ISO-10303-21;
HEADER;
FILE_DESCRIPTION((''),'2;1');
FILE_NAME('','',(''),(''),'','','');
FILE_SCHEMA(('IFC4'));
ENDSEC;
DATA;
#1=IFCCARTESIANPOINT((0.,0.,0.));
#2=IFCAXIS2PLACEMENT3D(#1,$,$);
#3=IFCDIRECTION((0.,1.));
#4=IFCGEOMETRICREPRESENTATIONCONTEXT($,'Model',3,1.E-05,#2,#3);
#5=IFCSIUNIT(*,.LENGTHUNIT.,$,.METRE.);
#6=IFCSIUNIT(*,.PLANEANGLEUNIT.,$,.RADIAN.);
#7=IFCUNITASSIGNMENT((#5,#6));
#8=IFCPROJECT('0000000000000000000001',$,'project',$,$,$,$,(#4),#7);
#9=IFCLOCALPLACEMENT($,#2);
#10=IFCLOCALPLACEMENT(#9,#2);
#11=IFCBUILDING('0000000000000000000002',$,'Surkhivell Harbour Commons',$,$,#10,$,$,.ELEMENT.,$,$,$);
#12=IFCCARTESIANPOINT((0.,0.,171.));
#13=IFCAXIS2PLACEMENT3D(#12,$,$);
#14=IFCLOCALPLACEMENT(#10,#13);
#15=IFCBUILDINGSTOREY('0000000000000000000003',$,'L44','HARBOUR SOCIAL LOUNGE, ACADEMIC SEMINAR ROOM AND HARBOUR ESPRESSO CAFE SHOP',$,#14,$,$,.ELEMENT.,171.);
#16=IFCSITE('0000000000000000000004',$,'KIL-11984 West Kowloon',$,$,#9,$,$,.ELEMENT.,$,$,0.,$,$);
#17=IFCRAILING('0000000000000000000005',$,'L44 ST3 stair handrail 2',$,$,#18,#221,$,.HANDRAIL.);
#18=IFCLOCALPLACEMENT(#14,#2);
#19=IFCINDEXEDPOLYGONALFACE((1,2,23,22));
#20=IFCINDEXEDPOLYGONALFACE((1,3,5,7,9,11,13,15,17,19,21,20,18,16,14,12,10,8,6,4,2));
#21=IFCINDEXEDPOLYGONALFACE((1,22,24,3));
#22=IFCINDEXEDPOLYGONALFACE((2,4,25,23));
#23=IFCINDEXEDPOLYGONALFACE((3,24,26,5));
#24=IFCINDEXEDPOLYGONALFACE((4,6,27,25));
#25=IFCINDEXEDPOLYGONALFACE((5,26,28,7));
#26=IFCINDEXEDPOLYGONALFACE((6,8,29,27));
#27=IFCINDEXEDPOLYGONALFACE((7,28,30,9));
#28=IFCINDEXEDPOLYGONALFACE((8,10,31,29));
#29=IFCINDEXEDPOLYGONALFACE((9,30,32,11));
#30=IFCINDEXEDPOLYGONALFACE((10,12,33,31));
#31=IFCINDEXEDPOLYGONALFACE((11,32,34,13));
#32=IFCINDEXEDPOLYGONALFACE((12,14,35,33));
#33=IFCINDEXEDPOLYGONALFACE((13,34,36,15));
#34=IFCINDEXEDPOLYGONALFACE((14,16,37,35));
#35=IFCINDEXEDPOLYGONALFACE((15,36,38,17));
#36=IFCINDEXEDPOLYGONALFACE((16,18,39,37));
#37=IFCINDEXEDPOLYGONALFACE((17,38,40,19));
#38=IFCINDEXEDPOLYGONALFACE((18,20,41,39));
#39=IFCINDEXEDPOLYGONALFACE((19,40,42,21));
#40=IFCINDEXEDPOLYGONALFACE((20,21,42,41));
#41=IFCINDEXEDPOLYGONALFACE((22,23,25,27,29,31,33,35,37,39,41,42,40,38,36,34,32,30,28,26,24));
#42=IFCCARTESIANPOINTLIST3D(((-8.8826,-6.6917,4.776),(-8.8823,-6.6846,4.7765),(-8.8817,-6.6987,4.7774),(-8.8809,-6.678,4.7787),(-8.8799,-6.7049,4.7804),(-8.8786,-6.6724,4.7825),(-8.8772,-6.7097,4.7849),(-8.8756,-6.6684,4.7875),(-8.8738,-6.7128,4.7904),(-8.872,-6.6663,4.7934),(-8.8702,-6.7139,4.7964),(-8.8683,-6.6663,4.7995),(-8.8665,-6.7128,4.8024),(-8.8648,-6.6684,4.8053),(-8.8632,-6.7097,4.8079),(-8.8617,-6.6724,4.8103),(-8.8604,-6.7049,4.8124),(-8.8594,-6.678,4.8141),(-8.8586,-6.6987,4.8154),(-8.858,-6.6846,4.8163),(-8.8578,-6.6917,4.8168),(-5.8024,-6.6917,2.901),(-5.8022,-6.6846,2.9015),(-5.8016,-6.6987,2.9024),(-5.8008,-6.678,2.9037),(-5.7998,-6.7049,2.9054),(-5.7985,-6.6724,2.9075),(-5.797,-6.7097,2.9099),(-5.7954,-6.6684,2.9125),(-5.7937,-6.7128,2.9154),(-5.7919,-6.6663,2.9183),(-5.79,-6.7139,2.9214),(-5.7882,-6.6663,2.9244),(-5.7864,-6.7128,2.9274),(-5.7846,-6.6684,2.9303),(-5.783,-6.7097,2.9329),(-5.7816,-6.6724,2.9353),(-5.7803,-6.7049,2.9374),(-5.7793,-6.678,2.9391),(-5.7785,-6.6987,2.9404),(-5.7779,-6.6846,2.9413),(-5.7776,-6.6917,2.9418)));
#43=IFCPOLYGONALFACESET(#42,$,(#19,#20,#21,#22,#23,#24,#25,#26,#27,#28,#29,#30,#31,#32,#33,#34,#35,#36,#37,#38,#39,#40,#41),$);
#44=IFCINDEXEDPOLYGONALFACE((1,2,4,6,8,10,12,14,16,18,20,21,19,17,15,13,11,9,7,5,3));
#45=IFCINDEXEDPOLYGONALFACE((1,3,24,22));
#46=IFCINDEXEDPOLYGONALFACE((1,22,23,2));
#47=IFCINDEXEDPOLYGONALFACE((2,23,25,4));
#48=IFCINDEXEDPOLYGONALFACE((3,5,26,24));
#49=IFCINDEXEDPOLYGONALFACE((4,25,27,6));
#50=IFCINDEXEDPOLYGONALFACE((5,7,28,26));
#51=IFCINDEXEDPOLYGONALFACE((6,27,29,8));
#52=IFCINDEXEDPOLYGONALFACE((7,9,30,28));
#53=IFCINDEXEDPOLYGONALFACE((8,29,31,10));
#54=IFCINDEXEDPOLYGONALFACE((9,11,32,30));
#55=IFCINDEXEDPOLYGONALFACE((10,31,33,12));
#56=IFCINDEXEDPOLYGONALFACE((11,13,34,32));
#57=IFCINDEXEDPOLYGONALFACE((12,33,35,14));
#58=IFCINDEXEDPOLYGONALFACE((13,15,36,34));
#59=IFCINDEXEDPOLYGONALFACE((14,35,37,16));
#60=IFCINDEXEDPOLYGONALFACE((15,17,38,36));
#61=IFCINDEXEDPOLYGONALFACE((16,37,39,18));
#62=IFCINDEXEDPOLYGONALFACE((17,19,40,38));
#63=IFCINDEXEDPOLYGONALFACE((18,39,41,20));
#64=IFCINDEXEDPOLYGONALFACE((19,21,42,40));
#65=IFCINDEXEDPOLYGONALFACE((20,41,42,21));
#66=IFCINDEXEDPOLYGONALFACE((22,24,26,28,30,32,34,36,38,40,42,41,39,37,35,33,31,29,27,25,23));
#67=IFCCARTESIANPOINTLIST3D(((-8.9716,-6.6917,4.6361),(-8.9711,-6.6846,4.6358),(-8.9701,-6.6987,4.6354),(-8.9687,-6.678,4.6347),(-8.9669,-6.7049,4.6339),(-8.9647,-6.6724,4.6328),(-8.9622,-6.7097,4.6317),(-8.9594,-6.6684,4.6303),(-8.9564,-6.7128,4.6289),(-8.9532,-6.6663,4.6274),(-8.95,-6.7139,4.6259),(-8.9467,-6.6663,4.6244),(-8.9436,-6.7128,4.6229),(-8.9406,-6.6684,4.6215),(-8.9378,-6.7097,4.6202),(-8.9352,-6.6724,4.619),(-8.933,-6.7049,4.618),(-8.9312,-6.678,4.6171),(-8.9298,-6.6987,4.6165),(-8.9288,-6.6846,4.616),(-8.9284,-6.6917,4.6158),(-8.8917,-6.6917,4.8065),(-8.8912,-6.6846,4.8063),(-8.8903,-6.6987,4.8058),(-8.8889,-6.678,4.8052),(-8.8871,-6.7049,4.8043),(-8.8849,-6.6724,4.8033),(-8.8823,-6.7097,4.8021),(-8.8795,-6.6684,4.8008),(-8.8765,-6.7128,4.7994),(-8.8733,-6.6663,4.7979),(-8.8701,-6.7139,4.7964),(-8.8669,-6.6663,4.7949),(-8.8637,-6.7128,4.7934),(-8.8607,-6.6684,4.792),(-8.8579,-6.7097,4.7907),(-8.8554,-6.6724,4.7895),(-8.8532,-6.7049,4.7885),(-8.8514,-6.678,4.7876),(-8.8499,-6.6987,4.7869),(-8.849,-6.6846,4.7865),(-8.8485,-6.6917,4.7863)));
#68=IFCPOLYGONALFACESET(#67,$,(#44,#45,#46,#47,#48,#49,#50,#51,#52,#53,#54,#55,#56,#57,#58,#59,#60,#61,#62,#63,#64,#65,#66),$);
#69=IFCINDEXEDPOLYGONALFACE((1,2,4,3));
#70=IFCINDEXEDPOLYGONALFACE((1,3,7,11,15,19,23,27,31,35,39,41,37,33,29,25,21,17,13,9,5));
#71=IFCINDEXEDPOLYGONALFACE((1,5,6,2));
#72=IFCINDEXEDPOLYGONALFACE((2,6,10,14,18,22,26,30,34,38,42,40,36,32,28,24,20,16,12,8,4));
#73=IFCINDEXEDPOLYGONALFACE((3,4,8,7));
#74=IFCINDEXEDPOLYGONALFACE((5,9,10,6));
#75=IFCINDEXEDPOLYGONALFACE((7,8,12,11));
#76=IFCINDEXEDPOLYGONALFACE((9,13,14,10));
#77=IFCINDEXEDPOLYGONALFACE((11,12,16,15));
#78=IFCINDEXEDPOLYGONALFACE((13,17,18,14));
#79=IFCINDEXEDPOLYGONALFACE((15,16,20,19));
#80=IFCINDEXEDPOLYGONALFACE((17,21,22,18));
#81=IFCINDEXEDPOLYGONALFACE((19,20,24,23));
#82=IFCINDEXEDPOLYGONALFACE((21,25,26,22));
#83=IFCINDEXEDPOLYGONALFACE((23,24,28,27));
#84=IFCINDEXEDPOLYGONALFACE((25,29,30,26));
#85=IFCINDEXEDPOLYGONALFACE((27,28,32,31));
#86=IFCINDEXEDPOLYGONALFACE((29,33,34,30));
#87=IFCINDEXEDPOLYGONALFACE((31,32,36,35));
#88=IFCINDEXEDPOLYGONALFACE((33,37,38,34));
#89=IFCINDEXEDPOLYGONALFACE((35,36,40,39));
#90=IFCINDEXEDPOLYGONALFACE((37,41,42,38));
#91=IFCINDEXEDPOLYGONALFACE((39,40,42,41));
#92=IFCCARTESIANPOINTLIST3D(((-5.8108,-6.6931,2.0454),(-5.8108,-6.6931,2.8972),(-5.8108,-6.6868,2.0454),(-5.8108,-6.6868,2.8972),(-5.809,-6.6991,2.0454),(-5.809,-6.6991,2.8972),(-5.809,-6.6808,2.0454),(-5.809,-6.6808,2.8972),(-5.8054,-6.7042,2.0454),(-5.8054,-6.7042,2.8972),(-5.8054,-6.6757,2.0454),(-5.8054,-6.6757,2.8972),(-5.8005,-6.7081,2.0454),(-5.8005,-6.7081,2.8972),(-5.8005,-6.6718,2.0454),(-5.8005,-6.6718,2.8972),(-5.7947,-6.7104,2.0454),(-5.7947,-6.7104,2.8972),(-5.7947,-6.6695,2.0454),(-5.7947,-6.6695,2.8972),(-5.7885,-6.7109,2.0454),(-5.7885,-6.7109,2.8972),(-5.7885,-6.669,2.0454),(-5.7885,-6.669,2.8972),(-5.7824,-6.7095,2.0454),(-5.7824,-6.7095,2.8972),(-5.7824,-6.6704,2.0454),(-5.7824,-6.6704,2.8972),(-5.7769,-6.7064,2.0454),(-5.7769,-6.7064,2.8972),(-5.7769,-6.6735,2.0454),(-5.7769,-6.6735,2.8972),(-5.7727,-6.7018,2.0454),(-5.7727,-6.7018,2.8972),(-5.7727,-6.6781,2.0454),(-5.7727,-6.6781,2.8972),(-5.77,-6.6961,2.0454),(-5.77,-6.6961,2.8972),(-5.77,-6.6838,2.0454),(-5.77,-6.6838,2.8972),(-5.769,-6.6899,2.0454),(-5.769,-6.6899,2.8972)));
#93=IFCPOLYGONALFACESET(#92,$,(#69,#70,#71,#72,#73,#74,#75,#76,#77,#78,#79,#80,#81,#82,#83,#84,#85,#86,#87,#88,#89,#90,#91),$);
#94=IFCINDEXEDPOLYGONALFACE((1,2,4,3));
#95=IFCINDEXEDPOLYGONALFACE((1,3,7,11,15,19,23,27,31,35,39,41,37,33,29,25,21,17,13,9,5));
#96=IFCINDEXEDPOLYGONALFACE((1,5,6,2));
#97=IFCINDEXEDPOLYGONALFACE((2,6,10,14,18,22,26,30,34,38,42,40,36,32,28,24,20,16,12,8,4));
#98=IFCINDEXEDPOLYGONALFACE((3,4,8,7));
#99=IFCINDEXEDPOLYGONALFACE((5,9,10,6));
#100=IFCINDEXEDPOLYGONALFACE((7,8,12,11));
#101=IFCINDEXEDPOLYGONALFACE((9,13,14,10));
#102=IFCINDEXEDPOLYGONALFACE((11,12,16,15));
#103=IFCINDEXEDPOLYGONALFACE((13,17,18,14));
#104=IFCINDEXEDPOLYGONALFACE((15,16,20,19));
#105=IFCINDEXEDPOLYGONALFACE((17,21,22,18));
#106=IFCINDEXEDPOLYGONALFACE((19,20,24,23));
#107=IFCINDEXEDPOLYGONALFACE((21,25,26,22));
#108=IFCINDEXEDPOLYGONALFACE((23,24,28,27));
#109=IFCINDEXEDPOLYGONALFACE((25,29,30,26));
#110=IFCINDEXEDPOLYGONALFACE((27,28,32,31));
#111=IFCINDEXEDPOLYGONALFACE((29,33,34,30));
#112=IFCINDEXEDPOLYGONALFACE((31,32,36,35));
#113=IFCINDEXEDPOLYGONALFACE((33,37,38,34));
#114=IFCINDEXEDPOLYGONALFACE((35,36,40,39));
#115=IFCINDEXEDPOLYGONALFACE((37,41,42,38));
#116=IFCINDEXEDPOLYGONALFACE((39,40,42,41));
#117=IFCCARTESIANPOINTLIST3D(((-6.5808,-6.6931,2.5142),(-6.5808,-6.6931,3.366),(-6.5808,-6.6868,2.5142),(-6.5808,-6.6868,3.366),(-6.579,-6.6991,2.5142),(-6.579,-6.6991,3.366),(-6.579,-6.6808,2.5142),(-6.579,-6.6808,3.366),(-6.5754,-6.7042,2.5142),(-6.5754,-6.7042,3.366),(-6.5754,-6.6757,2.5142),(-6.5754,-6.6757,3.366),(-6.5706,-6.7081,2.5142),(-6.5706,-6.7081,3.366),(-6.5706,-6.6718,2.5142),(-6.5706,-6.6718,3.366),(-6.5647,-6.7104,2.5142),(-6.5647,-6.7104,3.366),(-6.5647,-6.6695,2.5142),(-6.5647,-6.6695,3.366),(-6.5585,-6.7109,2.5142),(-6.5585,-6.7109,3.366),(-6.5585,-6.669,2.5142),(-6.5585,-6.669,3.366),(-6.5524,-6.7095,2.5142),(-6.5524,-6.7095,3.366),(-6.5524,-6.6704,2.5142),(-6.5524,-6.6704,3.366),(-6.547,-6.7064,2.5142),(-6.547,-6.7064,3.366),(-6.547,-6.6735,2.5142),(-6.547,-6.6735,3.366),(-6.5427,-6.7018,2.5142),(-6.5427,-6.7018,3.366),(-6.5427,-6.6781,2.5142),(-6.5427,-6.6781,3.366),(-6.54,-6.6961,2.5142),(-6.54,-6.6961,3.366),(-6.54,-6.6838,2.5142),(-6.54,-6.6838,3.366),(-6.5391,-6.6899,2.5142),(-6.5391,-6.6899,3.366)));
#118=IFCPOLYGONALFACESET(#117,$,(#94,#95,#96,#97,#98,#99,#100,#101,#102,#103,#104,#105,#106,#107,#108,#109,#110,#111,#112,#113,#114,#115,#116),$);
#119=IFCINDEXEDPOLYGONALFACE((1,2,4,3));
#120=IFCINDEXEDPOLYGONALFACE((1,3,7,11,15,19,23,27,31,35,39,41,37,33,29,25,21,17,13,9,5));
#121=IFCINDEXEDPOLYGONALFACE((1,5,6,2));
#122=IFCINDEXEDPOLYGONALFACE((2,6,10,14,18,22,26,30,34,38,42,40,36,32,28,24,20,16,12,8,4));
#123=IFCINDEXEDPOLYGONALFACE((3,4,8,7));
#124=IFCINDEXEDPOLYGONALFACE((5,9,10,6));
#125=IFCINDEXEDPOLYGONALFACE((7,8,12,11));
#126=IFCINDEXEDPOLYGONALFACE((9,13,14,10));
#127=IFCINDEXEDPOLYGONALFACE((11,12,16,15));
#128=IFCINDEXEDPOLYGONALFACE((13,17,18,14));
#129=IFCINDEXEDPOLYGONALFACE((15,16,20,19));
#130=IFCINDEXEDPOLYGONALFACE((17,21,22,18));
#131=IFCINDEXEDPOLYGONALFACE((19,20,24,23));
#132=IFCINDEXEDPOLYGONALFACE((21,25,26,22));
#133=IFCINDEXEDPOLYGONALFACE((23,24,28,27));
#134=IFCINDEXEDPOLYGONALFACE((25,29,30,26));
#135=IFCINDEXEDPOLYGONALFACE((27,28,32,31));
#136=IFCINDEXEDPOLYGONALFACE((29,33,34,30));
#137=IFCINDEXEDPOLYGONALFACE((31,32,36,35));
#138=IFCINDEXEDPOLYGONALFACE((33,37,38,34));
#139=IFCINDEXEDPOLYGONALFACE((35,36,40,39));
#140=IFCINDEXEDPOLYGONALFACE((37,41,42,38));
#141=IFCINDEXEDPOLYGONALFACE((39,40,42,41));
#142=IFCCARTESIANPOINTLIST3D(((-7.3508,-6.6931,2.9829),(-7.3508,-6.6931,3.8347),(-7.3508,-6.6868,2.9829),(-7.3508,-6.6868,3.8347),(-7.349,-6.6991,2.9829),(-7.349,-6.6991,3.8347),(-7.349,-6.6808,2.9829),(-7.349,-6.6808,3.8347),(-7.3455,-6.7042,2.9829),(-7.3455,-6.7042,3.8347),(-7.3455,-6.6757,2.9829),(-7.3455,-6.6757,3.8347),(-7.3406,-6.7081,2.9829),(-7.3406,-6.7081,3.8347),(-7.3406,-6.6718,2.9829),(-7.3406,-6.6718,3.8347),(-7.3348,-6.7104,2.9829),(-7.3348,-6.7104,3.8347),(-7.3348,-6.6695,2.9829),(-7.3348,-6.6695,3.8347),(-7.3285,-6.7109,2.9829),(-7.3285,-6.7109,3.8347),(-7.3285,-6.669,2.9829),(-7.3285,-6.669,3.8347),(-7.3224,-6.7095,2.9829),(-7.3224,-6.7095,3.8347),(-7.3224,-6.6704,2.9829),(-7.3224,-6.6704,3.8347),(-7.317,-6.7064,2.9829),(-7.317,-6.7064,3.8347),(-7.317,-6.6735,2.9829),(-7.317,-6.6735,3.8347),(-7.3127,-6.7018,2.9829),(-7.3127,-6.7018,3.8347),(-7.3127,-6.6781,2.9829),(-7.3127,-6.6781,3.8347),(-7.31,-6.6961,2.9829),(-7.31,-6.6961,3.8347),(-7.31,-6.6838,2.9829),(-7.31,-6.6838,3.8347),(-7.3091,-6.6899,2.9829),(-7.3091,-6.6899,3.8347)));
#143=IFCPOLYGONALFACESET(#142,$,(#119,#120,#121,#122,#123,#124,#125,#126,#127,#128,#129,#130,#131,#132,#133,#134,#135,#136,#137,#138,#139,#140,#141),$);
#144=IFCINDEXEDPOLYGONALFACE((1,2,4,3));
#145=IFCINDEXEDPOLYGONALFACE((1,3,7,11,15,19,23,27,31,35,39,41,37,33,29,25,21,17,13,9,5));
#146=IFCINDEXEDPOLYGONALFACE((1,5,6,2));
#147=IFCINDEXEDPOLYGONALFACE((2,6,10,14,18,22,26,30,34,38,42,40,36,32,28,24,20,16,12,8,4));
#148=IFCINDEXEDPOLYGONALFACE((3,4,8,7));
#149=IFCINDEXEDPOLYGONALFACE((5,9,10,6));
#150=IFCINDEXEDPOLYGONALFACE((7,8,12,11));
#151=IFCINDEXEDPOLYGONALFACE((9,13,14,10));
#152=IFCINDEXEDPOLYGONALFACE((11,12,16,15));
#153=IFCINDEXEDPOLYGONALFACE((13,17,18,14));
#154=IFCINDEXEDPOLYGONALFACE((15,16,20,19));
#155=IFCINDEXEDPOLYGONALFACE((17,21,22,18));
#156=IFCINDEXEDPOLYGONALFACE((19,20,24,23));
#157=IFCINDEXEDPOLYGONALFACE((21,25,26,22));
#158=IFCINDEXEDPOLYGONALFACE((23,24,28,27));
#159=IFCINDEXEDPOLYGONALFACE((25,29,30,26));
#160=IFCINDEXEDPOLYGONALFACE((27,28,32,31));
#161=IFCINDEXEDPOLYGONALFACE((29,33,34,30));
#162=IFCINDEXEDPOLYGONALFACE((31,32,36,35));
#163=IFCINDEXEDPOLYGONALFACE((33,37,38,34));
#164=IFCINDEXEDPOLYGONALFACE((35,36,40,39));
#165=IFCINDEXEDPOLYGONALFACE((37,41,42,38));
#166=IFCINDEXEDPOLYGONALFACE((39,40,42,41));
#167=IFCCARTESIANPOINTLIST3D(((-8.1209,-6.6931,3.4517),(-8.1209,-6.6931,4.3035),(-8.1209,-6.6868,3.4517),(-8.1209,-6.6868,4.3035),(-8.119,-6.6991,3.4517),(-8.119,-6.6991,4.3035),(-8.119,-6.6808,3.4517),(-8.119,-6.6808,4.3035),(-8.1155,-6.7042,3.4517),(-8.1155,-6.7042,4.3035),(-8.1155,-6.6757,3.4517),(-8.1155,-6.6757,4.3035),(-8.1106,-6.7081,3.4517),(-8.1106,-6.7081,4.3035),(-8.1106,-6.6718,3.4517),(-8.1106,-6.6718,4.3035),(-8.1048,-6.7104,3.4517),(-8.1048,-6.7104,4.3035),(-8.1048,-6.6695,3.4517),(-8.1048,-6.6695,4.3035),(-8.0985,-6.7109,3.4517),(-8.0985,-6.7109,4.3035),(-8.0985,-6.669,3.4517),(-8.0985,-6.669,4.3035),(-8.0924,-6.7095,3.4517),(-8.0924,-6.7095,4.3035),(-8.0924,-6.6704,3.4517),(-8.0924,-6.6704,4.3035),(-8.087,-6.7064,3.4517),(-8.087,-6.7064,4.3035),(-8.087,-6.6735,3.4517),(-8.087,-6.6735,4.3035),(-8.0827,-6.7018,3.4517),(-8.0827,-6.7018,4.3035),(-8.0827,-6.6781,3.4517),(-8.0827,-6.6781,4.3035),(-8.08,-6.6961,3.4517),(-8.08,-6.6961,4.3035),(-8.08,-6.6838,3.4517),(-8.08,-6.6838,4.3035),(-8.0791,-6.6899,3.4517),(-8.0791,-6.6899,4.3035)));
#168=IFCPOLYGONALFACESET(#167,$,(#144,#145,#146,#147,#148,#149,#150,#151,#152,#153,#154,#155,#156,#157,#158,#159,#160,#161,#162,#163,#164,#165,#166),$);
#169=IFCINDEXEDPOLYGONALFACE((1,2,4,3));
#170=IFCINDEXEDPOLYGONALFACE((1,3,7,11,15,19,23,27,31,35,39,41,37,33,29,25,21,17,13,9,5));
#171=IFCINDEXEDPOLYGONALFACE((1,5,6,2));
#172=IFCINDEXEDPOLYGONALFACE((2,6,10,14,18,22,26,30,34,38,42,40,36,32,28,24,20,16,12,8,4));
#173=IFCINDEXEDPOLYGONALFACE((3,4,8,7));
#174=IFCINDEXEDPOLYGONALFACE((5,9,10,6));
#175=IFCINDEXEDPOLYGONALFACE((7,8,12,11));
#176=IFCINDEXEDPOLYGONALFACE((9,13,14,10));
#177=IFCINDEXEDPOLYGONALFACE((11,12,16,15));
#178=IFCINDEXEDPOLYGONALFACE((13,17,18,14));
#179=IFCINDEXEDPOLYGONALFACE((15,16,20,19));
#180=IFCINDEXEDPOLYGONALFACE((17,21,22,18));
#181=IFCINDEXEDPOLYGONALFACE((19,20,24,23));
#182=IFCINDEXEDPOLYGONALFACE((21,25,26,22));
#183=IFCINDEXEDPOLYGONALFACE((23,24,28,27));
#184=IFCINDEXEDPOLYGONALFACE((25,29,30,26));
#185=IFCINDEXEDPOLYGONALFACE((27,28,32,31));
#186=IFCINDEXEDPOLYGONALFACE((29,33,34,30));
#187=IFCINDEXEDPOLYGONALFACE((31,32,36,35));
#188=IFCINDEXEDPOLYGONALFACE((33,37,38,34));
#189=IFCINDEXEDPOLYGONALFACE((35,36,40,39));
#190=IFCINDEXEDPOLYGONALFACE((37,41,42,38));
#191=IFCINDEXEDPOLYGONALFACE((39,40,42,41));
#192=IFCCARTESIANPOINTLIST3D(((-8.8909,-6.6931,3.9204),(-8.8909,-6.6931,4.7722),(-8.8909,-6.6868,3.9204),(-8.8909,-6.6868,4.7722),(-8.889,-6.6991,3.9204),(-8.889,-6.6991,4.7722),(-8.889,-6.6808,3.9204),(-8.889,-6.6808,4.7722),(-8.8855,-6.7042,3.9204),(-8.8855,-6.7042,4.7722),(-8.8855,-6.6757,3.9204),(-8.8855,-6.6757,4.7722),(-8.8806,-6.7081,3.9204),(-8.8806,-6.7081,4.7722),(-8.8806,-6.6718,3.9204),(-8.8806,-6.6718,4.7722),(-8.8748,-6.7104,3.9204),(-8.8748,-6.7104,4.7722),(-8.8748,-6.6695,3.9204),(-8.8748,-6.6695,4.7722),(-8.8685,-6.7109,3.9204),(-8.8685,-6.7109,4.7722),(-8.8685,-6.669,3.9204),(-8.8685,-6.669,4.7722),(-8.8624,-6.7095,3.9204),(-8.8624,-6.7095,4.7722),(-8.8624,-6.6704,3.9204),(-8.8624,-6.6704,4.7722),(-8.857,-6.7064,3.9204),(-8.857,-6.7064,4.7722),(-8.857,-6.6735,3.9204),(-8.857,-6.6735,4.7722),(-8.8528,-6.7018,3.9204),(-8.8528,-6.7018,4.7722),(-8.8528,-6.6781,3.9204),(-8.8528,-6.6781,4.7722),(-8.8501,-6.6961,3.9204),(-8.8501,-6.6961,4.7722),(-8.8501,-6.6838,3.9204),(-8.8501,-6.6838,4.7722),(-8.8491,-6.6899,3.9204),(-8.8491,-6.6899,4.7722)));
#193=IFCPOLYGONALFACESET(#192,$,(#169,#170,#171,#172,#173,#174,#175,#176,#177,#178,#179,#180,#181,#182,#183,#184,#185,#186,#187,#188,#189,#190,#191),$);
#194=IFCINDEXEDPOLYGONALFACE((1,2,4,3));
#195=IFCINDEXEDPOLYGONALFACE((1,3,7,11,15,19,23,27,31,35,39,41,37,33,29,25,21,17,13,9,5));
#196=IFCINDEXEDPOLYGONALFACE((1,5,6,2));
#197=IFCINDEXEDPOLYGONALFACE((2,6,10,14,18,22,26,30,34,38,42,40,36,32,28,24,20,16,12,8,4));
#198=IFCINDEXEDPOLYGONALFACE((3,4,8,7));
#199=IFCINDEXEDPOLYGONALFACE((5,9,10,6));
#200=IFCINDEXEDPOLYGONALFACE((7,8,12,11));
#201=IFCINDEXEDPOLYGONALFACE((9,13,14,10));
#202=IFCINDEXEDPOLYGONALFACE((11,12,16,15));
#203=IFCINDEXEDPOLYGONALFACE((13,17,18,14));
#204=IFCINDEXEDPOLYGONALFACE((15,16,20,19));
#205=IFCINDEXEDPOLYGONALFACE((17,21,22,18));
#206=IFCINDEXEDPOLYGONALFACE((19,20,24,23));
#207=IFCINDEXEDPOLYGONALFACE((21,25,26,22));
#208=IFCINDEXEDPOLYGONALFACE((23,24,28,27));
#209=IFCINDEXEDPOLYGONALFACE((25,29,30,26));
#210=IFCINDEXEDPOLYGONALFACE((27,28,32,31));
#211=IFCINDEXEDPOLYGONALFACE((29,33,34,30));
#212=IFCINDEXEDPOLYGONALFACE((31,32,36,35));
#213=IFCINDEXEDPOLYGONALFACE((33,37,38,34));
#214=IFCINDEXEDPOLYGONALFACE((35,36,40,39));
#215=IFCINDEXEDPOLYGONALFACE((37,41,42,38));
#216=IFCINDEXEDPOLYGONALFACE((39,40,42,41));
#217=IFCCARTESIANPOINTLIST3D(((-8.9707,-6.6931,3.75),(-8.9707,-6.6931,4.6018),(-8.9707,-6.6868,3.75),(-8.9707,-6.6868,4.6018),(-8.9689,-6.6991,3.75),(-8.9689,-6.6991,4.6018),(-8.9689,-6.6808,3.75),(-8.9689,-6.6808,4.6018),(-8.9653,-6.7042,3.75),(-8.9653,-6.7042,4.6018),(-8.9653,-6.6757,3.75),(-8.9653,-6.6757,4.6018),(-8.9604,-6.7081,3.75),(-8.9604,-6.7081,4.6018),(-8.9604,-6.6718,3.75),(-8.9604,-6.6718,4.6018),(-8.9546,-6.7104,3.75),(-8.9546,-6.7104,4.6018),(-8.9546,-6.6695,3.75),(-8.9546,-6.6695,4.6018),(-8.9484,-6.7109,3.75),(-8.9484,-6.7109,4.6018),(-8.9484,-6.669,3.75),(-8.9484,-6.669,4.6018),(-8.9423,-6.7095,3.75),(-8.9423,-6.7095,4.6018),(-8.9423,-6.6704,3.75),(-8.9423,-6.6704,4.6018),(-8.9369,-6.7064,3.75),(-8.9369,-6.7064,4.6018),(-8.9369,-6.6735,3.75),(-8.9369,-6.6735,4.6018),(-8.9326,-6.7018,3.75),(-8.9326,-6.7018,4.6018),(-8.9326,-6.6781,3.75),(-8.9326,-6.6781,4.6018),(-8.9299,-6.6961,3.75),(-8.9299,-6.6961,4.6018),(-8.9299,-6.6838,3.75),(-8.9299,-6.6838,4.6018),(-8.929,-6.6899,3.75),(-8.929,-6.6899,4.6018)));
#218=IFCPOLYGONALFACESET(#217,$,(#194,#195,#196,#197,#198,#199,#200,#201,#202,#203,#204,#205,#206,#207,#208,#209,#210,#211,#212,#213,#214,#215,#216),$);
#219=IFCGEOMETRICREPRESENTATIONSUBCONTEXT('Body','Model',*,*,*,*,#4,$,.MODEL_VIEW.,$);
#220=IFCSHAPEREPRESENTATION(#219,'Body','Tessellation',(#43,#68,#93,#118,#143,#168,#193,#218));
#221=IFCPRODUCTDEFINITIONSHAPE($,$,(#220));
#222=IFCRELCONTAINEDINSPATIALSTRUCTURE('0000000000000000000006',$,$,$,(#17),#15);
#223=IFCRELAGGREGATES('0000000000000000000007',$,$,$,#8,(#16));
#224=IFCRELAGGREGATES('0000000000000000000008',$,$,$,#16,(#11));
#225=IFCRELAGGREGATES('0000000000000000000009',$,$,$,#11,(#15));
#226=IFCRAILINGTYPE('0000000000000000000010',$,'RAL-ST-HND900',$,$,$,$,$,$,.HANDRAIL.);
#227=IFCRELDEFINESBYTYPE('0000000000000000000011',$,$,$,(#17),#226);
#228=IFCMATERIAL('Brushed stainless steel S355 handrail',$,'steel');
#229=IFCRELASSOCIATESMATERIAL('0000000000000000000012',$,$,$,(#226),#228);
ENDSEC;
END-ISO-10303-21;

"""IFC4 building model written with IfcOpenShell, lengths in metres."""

from ifc_helpers import new_model, si_unit, direction, frame, origin, origin_2d, place, context, subcontext, project, spatial, circle, extrude, material, type_object, element, save


model = new_model("IFC4")

# Units and contexts
model_context = context("Model", 3, precision=1e-05, world=origin(), true_north=direction((0.0, 1.0)))
body_context = subcontext(model_context, "Body", "Model", "MODEL_VIEW")
ifc_project = project(units=[si_unit("LENGTHUNIT", "METRE"), si_unit("PLANEANGLEUNIT", "RADIAN")], contexts=[model_context])

# Site, building, storey
site_placement = place(None, origin())
site = spatial("IfcSite", under=ifc_project, at=site_placement, Name="KIL-11984 West Kowloon", CompositionType="ELEMENT", RefElevation=0.0)
building_placement = place(site_placement, origin())
building = spatial("IfcBuilding", under=site, at=building_placement, Name="Surkhivell Harbour Commons", CompositionType="ELEMENT")
storey_placement = place(building_placement, frame((0.0, 0.0, 171.0)))
storey = spatial("IfcBuildingStorey", under=building, at=storey_placement, Name="L44", Description="HARBOUR SOCIAL LOUNGE, ACADEMIC SEMINAR ROOM AND HARBOUR ESPRESSO CAFE SHOP", CompositionType="ELEMENT", Elevation=171.0)

# Railing
ifc_material_1 = material(Name="Brushed stainless steel S355 handrail", Category="steel")
railing_type_1 = type_object("IfcRailingType", Name="RAL-ST-HND900", PredefinedType="HANDRAIL", material=ifc_material_1)
railing_1_placement = place(storey_placement, frame((-5.79, -6.6899, 2.0454)))
element("IfcRailing", 1, at=railing_1_placement, inside=storey, type_object=railing_type_1, Name="L44 ST3 stair handrail 2", PredefinedType="HANDRAIL", context=body_context, shape_type="SweptSolid", body=[
    extrude(circle(Radius=0.0239, at=origin_2d()), frame((0.0, 0.0, 0.876), z_axis=(-0.854178, 0.0, 0.519981), x_axis=(0.0, -1.0, 0.0)), (0.0, 0.0, 1.0), 3.606),
    extrude(circle(Radius=0.0239, at=origin_2d()), frame((-3.0801, 0.0, 2.751), z_axis=(-0.424234, 0.0, -0.905552), x_axis=(0.0, -1.0, 0.0)), (0.0, 0.0, 1.0), 0.1882),
    extrude(circle(Radius=0.021, at=origin_2d()), origin(), (0.0, 0.0, 1.0), 0.8518),
    extrude(circle(Radius=0.021, at=origin_2d()), frame((-0.77, 0.0, 0.4688)), (0.0, 0.0, 1.0), 0.8518),
    extrude(circle(Radius=0.021, at=origin_2d()), frame((-1.54, 0.0, 0.9375)), (0.0, 0.0, 1.0), 0.8518),
    extrude(circle(Radius=0.021, at=origin_2d()), frame((-2.3101, 0.0, 1.4062)), (0.0, 0.0, 1.0), 0.8518),
    extrude(circle(Radius=0.021, at=origin_2d()), frame((-3.0801, 0.0, 1.875)), (0.0, 0.0, 1.0), 0.8518),
    extrude(circle(Radius=0.021, at=origin_2d()), frame((-3.1599, 0.0, 1.7046)), (0.0, 0.0, 1.0), 0.8518),
])

save(model, "model.ifc")
